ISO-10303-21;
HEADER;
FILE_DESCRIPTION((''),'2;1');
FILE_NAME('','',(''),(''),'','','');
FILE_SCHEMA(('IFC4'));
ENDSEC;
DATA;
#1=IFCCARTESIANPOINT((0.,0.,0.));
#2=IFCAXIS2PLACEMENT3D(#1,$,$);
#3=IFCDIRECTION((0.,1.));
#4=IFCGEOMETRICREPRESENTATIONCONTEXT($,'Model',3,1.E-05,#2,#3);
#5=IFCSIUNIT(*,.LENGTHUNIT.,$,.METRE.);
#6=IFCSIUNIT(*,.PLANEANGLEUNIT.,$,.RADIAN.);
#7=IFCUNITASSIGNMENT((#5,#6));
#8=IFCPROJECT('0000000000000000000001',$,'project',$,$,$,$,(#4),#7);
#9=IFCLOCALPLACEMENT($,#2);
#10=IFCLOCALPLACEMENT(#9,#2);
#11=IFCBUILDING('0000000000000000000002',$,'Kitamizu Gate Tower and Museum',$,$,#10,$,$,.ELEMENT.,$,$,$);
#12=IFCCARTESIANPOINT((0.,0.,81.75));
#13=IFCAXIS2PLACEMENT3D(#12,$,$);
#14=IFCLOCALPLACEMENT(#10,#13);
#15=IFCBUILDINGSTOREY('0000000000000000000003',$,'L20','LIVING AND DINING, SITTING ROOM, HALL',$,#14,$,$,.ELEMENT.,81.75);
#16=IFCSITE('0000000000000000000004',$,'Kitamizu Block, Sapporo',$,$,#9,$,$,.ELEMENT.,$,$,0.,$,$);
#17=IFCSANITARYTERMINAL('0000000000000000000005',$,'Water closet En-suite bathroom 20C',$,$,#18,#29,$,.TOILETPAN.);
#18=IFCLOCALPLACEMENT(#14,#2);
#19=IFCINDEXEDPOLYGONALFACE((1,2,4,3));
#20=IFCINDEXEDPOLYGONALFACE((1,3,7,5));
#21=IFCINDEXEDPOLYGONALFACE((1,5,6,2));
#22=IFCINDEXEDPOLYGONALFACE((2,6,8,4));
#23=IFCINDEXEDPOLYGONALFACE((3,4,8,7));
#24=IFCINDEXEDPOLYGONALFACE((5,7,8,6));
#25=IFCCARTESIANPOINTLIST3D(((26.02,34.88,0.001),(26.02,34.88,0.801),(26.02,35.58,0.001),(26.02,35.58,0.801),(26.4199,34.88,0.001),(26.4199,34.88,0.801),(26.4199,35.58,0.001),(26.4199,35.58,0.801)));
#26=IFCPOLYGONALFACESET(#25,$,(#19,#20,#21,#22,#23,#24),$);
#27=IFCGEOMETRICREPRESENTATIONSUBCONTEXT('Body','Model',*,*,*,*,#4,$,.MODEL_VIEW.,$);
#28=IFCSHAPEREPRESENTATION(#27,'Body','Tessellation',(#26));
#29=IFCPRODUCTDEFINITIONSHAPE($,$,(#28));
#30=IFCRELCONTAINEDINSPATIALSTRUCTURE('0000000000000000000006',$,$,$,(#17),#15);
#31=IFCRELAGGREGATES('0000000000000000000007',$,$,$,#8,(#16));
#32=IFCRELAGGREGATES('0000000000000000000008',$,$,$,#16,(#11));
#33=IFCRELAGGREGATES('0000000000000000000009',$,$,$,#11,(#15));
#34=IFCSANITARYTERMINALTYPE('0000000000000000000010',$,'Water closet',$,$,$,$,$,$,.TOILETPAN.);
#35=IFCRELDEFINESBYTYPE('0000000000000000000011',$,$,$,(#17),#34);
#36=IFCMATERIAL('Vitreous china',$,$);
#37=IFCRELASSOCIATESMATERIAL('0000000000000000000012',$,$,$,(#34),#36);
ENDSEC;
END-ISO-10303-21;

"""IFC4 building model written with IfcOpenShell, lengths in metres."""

from ifc_helpers import new_model, si_unit, direction, frame, origin, origin_2d, place, context, subcontext, project, spatial, rectangle, extrude, material, type_object, element, save


model = new_model("IFC4")

# Units and contexts
model_context = context("Model", 3, precision=1e-05, world=origin(), true_north=direction((0.0, 1.0)))
body_context = subcontext(model_context, "Body", "Model", "MODEL_VIEW")
ifc_project = project(units=[si_unit("LENGTHUNIT", "METRE"), si_unit("PLANEANGLEUNIT", "RADIAN")], contexts=[model_context])

# Site, building, storey
site_placement = place(None, origin())
site = spatial("IfcSite", under=ifc_project, at=site_placement, Name="Kitamizu Block, Sapporo", CompositionType="ELEMENT", RefElevation=0.0)
building_placement = place(site_placement, origin())
building = spatial("IfcBuilding", under=site, at=building_placement, Name="Kitamizu Gate Tower and Museum", CompositionType="ELEMENT")
storey_placement = place(building_placement, frame((0.0, 0.0, 81.75)))
storey = spatial("IfcBuildingStorey", under=building, at=storey_placement, Name="L20", Description="LIVING AND DINING, SITTING ROOM, HALL", CompositionType="ELEMENT", Elevation=81.75)

# Sanitary terminal
ifc_material_1 = material(Name="Vitreous china")
sanitary_terminal_type_1 = type_object("IfcSanitaryTerminalType", Name="Water closet", PredefinedType="TOILETPAN", material=ifc_material_1)
sanitary_terminal_1_placement = place(storey_placement, frame((26.22, 35.23, 0.001), z_axis=(0.0, 0.0, 1.0), x_axis=(1.0, 0.0, 0.0)))
element("IfcSanitaryTerminal", 1, at=sanitary_terminal_1_placement, inside=storey, type_object=sanitary_terminal_type_1, Name="Water closet En-suite bathroom 20C", PredefinedType="TOILETPAN", context=body_context, shape_type="SweptSolid", body=[
    extrude(rectangle(XDim=0.3999, YDim=0.7, at=origin_2d()), origin(), (0.0, 0.0, 1.0), 0.8),
])

save(model, "model.ifc")
